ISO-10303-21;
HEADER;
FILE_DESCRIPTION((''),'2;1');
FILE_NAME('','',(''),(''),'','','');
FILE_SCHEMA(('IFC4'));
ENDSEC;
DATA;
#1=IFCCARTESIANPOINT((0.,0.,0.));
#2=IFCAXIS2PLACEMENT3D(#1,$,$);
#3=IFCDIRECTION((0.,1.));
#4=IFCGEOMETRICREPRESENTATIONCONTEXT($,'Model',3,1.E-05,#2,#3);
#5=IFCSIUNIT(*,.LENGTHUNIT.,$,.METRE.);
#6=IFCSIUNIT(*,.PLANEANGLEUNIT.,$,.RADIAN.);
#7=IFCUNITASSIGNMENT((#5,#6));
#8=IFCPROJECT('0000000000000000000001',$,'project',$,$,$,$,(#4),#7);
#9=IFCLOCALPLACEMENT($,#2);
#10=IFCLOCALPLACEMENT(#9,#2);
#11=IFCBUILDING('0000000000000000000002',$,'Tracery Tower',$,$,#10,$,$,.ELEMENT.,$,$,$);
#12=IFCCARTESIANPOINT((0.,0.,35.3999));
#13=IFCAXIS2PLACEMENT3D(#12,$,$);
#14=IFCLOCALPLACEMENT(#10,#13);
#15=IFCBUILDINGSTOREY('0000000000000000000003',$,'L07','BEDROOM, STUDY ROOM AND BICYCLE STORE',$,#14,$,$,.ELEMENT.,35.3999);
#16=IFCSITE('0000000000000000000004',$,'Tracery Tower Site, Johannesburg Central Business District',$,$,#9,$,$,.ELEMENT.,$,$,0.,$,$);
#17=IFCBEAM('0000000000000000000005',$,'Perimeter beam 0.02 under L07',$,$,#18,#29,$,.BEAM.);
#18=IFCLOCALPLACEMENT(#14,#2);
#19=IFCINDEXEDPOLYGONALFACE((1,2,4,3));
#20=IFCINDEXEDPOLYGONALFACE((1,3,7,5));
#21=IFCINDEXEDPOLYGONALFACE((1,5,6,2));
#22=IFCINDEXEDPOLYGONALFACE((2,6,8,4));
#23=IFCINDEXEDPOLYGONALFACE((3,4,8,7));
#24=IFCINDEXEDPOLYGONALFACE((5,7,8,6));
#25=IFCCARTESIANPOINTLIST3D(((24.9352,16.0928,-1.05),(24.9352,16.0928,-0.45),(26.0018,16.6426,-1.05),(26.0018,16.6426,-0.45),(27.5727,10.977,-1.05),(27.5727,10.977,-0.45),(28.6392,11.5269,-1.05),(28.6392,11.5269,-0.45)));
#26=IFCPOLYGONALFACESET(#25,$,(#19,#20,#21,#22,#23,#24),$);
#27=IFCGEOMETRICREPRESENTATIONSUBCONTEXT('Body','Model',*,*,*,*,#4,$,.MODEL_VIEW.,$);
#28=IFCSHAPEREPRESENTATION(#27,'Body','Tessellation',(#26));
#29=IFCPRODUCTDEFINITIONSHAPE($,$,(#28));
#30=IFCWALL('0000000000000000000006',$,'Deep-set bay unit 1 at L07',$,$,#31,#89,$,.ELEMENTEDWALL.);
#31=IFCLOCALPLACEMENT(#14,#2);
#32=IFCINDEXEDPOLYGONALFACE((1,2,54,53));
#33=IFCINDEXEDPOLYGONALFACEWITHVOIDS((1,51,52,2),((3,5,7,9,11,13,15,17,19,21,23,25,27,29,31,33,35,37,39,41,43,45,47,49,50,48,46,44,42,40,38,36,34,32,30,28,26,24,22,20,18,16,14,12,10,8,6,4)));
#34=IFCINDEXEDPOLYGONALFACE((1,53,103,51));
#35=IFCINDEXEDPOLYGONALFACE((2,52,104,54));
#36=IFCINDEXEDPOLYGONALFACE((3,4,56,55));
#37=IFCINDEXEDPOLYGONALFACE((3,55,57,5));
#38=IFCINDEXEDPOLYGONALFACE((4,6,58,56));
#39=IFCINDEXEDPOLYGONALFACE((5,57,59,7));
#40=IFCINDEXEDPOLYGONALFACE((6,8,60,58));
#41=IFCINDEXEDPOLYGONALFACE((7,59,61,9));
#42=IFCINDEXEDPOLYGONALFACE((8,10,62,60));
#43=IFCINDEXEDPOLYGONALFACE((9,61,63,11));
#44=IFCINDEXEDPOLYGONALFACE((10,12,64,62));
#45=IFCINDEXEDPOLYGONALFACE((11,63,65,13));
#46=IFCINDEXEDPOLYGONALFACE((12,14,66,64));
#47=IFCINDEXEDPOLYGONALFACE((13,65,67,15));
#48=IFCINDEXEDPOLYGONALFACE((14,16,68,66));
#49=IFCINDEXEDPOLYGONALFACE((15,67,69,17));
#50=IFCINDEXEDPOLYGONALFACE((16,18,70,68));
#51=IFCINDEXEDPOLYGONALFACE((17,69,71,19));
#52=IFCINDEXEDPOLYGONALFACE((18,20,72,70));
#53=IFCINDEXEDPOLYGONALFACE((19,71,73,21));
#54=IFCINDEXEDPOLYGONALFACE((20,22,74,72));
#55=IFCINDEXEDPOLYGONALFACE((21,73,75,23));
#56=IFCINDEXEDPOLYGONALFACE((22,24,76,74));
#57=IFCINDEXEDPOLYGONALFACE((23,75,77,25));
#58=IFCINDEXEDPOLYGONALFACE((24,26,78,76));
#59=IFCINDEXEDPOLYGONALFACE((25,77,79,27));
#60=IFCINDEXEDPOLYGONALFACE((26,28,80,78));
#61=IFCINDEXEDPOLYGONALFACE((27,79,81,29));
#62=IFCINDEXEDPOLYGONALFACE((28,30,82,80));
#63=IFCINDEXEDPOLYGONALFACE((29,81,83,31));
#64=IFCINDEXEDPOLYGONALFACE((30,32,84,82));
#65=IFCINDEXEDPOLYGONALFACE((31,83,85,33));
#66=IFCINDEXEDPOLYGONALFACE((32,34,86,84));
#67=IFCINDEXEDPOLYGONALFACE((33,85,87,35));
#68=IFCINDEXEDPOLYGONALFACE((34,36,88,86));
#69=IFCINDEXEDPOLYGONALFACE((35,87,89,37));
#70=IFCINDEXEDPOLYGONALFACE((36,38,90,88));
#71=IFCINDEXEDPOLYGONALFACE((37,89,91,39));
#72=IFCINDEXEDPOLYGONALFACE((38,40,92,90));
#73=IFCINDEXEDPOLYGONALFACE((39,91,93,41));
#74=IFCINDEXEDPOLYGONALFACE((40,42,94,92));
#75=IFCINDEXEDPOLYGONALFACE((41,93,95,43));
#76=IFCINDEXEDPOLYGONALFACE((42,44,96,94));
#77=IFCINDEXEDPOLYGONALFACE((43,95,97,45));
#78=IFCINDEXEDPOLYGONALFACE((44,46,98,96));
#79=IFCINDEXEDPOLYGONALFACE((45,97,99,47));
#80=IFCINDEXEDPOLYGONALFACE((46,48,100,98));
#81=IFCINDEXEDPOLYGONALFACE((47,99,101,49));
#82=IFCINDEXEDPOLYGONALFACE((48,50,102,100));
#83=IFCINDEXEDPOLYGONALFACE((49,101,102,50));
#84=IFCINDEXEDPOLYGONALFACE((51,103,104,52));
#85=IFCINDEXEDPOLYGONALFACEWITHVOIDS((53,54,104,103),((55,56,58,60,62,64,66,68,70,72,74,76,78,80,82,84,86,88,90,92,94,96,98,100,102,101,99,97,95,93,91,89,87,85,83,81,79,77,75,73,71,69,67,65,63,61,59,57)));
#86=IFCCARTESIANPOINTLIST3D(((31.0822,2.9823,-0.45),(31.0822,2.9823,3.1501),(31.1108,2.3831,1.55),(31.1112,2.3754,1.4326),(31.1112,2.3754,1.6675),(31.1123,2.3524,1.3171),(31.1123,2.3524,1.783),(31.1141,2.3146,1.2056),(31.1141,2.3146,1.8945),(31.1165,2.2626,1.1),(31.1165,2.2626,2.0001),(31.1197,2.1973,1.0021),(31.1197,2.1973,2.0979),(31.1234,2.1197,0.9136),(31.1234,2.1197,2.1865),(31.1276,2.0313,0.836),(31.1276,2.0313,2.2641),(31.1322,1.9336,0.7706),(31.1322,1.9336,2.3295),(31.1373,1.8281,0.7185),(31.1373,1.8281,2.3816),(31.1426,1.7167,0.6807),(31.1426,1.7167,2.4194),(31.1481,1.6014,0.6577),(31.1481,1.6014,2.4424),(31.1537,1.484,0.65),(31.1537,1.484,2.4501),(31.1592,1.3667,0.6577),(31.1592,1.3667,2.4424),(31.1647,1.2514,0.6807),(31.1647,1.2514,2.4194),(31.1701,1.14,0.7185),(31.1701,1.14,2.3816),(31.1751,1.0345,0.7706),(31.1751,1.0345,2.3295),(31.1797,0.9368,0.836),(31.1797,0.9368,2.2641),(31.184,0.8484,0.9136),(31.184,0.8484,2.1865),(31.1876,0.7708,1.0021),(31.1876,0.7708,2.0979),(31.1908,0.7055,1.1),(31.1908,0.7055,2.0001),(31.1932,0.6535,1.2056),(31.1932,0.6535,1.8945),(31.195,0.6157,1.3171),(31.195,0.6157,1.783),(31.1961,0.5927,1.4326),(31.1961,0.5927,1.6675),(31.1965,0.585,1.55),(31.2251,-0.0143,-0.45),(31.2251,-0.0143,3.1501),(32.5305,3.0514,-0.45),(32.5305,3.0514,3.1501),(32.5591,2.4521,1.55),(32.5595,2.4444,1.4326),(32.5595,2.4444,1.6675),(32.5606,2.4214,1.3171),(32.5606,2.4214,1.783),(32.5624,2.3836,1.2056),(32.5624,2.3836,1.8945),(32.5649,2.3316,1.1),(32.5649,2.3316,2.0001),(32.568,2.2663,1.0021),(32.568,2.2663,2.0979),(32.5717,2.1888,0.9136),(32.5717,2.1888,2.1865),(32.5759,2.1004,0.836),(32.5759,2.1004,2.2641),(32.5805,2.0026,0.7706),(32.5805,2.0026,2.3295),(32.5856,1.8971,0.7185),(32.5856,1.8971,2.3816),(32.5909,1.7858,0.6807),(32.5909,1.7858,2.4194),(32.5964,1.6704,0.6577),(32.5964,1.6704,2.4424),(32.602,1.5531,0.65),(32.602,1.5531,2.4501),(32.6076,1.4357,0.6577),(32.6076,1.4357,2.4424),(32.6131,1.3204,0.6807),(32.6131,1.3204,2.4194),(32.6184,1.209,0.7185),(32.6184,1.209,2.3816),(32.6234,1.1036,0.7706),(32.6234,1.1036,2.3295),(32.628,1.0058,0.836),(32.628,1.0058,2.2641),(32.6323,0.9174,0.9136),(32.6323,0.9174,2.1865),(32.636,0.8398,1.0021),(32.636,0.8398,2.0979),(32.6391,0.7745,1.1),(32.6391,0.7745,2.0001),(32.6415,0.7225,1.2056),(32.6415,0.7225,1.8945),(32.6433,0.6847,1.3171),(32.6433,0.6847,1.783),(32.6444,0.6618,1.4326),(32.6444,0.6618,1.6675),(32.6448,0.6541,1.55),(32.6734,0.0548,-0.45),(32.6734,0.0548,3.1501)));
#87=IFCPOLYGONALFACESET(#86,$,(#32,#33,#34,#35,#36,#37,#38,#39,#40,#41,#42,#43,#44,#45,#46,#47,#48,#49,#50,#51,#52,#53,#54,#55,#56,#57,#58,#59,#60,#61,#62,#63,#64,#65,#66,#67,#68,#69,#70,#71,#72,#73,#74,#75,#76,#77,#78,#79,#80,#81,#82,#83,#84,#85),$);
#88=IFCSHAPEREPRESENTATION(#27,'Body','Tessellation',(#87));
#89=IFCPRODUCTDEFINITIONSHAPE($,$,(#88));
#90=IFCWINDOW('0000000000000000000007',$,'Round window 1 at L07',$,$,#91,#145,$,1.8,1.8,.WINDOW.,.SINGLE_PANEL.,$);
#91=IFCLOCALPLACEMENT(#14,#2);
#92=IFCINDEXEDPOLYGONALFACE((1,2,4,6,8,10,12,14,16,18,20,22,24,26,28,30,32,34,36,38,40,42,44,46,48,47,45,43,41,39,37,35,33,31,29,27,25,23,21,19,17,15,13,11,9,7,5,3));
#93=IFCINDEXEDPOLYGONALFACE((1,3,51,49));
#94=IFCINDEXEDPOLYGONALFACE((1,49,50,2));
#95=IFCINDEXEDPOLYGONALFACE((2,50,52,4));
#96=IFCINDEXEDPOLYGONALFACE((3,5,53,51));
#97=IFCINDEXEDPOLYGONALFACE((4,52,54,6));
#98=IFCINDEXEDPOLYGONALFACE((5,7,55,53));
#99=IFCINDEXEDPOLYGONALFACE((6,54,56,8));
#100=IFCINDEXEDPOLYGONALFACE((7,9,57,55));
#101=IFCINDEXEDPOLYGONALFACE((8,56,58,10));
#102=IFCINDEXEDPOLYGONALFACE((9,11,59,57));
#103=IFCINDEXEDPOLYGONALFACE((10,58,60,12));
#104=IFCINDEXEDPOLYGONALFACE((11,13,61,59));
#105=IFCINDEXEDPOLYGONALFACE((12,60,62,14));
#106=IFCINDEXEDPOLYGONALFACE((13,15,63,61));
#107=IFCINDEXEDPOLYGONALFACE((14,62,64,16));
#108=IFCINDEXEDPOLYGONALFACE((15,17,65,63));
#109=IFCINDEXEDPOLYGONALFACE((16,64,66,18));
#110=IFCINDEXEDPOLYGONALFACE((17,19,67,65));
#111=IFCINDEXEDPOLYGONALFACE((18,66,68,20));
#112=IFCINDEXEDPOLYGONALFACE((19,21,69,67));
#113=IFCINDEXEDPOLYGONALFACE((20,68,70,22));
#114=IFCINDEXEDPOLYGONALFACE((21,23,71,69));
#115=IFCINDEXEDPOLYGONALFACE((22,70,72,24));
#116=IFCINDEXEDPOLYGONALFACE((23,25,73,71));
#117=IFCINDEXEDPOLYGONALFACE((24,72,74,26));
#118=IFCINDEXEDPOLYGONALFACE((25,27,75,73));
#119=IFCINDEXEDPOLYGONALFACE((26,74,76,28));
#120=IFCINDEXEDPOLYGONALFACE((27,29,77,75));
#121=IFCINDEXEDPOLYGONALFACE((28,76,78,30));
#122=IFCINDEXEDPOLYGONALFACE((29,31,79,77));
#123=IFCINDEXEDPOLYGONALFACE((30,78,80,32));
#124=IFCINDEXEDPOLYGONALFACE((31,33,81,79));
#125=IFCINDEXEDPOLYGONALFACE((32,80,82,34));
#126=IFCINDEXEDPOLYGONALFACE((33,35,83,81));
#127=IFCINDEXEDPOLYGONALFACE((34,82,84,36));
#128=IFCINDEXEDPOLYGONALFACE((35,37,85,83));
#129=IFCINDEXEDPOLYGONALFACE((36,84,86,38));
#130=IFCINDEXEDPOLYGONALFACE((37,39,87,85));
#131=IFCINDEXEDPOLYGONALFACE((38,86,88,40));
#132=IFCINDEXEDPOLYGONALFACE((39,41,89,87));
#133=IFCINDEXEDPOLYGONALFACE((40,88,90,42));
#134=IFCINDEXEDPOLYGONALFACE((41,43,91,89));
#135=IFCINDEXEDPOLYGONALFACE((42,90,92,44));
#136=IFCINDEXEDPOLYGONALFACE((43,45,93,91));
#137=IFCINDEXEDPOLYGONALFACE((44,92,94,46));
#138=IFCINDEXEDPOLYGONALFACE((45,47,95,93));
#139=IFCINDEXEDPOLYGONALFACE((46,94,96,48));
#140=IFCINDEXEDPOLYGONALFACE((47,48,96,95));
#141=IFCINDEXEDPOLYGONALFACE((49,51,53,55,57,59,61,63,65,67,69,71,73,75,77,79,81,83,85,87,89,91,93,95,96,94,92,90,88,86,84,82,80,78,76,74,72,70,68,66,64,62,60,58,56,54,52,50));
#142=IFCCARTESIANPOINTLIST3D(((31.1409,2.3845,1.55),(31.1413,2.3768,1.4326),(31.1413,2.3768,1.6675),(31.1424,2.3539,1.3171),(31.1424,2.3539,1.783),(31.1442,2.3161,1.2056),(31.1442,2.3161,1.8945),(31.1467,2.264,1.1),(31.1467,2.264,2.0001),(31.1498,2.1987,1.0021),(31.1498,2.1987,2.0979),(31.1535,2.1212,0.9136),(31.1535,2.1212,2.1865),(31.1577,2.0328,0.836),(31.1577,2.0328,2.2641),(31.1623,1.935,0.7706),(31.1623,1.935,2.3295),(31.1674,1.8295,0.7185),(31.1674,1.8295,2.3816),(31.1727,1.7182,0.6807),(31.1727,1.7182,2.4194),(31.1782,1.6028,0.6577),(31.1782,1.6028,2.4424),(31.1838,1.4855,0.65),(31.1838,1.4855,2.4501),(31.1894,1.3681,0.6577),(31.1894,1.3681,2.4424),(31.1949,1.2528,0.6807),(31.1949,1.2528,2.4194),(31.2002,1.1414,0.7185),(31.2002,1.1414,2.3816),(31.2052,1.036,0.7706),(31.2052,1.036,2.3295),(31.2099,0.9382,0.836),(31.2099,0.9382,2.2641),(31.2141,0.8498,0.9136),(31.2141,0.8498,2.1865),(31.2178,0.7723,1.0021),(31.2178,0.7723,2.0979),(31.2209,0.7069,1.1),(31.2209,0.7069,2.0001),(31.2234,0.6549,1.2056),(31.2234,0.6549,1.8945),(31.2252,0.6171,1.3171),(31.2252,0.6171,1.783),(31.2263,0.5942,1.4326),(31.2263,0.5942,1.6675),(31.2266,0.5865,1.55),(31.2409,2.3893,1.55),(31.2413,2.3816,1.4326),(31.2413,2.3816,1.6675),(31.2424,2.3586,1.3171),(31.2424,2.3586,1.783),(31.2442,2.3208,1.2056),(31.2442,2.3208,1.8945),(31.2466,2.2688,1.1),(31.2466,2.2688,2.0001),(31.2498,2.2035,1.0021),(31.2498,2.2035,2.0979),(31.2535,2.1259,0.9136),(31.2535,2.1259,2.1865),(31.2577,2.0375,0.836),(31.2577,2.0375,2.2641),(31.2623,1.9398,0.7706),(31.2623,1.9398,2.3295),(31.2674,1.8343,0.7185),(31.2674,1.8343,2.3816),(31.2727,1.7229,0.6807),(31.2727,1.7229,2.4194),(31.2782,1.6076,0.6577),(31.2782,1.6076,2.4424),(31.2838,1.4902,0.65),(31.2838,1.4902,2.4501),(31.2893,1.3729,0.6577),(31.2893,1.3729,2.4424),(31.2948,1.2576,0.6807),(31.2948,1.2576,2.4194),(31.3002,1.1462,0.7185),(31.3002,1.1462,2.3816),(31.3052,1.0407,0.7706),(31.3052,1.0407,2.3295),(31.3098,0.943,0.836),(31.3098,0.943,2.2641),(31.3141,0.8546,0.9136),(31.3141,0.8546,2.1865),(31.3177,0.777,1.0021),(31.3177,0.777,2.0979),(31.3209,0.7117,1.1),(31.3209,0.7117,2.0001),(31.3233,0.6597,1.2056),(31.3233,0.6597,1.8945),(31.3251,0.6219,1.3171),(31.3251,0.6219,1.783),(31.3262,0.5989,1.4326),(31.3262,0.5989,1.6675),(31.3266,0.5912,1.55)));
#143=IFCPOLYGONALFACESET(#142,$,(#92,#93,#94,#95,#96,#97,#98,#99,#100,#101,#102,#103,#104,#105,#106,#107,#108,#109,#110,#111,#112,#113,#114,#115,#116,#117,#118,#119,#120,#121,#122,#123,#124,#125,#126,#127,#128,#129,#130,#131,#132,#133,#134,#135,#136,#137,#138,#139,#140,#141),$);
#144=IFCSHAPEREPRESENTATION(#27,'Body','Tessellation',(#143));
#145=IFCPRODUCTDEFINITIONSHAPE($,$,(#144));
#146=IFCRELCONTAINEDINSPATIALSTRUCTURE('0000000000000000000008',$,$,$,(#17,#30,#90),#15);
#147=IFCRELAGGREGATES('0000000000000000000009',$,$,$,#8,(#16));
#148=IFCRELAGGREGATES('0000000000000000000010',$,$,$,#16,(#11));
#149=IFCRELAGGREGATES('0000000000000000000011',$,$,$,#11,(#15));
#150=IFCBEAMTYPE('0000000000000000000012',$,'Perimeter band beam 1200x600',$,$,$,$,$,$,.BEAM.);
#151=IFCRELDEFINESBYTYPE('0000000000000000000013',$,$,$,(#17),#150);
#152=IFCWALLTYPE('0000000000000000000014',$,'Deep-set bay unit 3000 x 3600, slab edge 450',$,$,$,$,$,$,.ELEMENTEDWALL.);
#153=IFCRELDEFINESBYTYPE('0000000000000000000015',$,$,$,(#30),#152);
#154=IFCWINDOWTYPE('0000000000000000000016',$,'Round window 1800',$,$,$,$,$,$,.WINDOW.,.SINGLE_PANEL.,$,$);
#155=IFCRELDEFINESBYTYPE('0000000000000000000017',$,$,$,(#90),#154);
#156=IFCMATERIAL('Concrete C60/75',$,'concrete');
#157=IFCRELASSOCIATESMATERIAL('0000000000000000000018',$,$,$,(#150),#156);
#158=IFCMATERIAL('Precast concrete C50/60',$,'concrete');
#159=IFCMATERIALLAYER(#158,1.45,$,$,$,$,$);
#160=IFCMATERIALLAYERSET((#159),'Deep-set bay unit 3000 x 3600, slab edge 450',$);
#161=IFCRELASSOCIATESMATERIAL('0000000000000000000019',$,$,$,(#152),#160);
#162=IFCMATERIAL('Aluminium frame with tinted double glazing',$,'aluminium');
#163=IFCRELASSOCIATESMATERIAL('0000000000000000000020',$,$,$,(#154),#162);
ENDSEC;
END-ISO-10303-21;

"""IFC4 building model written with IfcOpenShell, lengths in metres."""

from ifc_helpers import new_model, si_unit, direction, frame, frame_2d, origin, origin_2d, place, context, subcontext, project, spatial, rectangle, circle, extrude, material, layer, layer_set, material_profile, profile_set, type_object, element, fill, save


model = new_model("IFC4")

# Units and contexts
model_context = context("Model", 3, precision=1e-05, world=origin(), true_north=direction((0.0, 1.0)))
body_context = subcontext(model_context, "Body", "Model", "MODEL_VIEW")
ifc_project = project(units=[si_unit("LENGTHUNIT", "METRE"), si_unit("PLANEANGLEUNIT", "RADIAN")], contexts=[model_context])

# Site, building, storey
site_placement = place(None, origin())
site = spatial("IfcSite", under=ifc_project, at=site_placement, Name="Tracery Tower Site, Johannesburg Central Business District", CompositionType="ELEMENT", RefElevation=0.0)
building_placement = place(site_placement, origin())
building = spatial("IfcBuilding", under=site, at=building_placement, Name="Tracery Tower", CompositionType="ELEMENT")
storey_placement = place(building_placement, frame((0.0, 0.0, 35.3999)))
storey = spatial("IfcBuildingStorey", under=building, at=storey_placement, Name="L07", Description="BEDROOM, STUDY ROOM AND BICYCLE STORE", CompositionType="ELEMENT", Elevation=35.3999)

# Beam
ifc_material_1 = material(Name="Concrete C60/75", Category="concrete")
ifc_material_profile_1 = material_profile(ifc_material_1, rectangle(XDim=1.2, YDim=0.6001, at=origin_2d()), Name="RC 1200x600")
ifc_profile_set_1 = profile_set([ifc_material_profile_1], Name="Concrete C60/75")
beam_type = type_object("IfcBeamType", Name="Perimeter band beam 1200x600", PredefinedType="BEAM", material=ifc_profile_set_1)
for number, where, z_axis, x_axis, name in (
    (1, (28.106, 11.252, -0.75), (-0.458242, 0.888827, 0.0), (-0.888827, -0.458242, 0.0), "Perimeter beam 0.02 under L07"),
):
    element("IfcBeam", number, at=place(storey_placement, frame(where, z_axis=z_axis, x_axis=x_axis)), inside=storey, type_object=beam_type, Name=name, PredefinedType="BEAM", context=body_context, shape_type="SweptSolid", body=[
        extrude(rectangle(XDim=1.2, YDim=0.6001, at=origin_2d()), origin(), (0.0, 0.0, 1.0), 5.7556),
    ])

# Wall, opening, window
ifc_material_2 = material(Name="Precast concrete C50/60", Category="concrete")
ifc_layer_1 = layer(ifc_material_2, 1.45)
ifc_layer_set_1 = layer_set([ifc_layer_1], Name="Deep-set bay unit 3000 x 3600, slab edge 450")
wall_type_1 = type_object("IfcWallType", Name="Deep-set bay unit 3000 x 3600, slab edge 450", PredefinedType="ELEMENTEDWALL", material=ifc_layer_set_1)
wall_1_placement = place(storey_placement, frame((31.9492, 0.0203, -0.45), z_axis=(0.0, 0.0, 1.0), x_axis=(-0.047608, 0.998866, 0.0)))
wall_1 = element("IfcWall", 2, at=wall_1_placement, inside=storey, type_object=wall_type_1, Name="Deep-set bay unit 1 at L07", PredefinedType="ELEMENTEDWALL", context=body_context, shape_type="SweptSolid", body=[
    extrude(rectangle(XDim=3.0, YDim=1.45, at=frame_2d((1.5, 0.0))), origin(), (0.0, 0.0, 1.0), 3.6001),
])
opening_1_placement = place(wall_1_placement, frame((1.5, 0.0, 2.0)))
opening_1 = element("IfcOpeningElement", 3, at=opening_1_placement, cuts=wall_1, PredefinedType="OPENING", context=body_context, shape_type="SweptSolid", body=[
    extrude(circle(Radius=0.9, at=origin_2d()), frame((0.0, 0.7349, 0.0), z_axis=(0.0, -1.0, 0.0), x_axis=(1.0, 0.0, 0.0)), (0.0, 0.0, 1.0), 1.47),
])
ifc_material_3 = material(Name="Aluminium frame with tinted double glazing", Category="aluminium")
window_type = type_object("IfcWindowType", Name="Round window 1800", PartitioningType="SINGLE_PANEL", PredefinedType="WINDOW", material=ifc_material_3)
window_1_placement = place(opening_1_placement, origin())
window_1 = element("IfcWindow", 4, at=window_1_placement, inside=storey, type_object=window_type, Name="Round window 1 at L07", OverallHeight=1.8, OverallWidth=1.8, PartitioningType="SINGLE_PANEL", PredefinedType="WINDOW", context=body_context, shape_type="SweptSolid", body=[
    extrude(circle(Radius=0.9, at=origin_2d()), frame((0.0, 0.6948, 0.0), z_axis=(0.0, -1.0, 0.0), x_axis=(1.0, 0.0, 0.0)), (0.0, 0.0, 1.0), 0.1001),
])
fill(opening_1, window_1)

save(model, "model.ifc")
